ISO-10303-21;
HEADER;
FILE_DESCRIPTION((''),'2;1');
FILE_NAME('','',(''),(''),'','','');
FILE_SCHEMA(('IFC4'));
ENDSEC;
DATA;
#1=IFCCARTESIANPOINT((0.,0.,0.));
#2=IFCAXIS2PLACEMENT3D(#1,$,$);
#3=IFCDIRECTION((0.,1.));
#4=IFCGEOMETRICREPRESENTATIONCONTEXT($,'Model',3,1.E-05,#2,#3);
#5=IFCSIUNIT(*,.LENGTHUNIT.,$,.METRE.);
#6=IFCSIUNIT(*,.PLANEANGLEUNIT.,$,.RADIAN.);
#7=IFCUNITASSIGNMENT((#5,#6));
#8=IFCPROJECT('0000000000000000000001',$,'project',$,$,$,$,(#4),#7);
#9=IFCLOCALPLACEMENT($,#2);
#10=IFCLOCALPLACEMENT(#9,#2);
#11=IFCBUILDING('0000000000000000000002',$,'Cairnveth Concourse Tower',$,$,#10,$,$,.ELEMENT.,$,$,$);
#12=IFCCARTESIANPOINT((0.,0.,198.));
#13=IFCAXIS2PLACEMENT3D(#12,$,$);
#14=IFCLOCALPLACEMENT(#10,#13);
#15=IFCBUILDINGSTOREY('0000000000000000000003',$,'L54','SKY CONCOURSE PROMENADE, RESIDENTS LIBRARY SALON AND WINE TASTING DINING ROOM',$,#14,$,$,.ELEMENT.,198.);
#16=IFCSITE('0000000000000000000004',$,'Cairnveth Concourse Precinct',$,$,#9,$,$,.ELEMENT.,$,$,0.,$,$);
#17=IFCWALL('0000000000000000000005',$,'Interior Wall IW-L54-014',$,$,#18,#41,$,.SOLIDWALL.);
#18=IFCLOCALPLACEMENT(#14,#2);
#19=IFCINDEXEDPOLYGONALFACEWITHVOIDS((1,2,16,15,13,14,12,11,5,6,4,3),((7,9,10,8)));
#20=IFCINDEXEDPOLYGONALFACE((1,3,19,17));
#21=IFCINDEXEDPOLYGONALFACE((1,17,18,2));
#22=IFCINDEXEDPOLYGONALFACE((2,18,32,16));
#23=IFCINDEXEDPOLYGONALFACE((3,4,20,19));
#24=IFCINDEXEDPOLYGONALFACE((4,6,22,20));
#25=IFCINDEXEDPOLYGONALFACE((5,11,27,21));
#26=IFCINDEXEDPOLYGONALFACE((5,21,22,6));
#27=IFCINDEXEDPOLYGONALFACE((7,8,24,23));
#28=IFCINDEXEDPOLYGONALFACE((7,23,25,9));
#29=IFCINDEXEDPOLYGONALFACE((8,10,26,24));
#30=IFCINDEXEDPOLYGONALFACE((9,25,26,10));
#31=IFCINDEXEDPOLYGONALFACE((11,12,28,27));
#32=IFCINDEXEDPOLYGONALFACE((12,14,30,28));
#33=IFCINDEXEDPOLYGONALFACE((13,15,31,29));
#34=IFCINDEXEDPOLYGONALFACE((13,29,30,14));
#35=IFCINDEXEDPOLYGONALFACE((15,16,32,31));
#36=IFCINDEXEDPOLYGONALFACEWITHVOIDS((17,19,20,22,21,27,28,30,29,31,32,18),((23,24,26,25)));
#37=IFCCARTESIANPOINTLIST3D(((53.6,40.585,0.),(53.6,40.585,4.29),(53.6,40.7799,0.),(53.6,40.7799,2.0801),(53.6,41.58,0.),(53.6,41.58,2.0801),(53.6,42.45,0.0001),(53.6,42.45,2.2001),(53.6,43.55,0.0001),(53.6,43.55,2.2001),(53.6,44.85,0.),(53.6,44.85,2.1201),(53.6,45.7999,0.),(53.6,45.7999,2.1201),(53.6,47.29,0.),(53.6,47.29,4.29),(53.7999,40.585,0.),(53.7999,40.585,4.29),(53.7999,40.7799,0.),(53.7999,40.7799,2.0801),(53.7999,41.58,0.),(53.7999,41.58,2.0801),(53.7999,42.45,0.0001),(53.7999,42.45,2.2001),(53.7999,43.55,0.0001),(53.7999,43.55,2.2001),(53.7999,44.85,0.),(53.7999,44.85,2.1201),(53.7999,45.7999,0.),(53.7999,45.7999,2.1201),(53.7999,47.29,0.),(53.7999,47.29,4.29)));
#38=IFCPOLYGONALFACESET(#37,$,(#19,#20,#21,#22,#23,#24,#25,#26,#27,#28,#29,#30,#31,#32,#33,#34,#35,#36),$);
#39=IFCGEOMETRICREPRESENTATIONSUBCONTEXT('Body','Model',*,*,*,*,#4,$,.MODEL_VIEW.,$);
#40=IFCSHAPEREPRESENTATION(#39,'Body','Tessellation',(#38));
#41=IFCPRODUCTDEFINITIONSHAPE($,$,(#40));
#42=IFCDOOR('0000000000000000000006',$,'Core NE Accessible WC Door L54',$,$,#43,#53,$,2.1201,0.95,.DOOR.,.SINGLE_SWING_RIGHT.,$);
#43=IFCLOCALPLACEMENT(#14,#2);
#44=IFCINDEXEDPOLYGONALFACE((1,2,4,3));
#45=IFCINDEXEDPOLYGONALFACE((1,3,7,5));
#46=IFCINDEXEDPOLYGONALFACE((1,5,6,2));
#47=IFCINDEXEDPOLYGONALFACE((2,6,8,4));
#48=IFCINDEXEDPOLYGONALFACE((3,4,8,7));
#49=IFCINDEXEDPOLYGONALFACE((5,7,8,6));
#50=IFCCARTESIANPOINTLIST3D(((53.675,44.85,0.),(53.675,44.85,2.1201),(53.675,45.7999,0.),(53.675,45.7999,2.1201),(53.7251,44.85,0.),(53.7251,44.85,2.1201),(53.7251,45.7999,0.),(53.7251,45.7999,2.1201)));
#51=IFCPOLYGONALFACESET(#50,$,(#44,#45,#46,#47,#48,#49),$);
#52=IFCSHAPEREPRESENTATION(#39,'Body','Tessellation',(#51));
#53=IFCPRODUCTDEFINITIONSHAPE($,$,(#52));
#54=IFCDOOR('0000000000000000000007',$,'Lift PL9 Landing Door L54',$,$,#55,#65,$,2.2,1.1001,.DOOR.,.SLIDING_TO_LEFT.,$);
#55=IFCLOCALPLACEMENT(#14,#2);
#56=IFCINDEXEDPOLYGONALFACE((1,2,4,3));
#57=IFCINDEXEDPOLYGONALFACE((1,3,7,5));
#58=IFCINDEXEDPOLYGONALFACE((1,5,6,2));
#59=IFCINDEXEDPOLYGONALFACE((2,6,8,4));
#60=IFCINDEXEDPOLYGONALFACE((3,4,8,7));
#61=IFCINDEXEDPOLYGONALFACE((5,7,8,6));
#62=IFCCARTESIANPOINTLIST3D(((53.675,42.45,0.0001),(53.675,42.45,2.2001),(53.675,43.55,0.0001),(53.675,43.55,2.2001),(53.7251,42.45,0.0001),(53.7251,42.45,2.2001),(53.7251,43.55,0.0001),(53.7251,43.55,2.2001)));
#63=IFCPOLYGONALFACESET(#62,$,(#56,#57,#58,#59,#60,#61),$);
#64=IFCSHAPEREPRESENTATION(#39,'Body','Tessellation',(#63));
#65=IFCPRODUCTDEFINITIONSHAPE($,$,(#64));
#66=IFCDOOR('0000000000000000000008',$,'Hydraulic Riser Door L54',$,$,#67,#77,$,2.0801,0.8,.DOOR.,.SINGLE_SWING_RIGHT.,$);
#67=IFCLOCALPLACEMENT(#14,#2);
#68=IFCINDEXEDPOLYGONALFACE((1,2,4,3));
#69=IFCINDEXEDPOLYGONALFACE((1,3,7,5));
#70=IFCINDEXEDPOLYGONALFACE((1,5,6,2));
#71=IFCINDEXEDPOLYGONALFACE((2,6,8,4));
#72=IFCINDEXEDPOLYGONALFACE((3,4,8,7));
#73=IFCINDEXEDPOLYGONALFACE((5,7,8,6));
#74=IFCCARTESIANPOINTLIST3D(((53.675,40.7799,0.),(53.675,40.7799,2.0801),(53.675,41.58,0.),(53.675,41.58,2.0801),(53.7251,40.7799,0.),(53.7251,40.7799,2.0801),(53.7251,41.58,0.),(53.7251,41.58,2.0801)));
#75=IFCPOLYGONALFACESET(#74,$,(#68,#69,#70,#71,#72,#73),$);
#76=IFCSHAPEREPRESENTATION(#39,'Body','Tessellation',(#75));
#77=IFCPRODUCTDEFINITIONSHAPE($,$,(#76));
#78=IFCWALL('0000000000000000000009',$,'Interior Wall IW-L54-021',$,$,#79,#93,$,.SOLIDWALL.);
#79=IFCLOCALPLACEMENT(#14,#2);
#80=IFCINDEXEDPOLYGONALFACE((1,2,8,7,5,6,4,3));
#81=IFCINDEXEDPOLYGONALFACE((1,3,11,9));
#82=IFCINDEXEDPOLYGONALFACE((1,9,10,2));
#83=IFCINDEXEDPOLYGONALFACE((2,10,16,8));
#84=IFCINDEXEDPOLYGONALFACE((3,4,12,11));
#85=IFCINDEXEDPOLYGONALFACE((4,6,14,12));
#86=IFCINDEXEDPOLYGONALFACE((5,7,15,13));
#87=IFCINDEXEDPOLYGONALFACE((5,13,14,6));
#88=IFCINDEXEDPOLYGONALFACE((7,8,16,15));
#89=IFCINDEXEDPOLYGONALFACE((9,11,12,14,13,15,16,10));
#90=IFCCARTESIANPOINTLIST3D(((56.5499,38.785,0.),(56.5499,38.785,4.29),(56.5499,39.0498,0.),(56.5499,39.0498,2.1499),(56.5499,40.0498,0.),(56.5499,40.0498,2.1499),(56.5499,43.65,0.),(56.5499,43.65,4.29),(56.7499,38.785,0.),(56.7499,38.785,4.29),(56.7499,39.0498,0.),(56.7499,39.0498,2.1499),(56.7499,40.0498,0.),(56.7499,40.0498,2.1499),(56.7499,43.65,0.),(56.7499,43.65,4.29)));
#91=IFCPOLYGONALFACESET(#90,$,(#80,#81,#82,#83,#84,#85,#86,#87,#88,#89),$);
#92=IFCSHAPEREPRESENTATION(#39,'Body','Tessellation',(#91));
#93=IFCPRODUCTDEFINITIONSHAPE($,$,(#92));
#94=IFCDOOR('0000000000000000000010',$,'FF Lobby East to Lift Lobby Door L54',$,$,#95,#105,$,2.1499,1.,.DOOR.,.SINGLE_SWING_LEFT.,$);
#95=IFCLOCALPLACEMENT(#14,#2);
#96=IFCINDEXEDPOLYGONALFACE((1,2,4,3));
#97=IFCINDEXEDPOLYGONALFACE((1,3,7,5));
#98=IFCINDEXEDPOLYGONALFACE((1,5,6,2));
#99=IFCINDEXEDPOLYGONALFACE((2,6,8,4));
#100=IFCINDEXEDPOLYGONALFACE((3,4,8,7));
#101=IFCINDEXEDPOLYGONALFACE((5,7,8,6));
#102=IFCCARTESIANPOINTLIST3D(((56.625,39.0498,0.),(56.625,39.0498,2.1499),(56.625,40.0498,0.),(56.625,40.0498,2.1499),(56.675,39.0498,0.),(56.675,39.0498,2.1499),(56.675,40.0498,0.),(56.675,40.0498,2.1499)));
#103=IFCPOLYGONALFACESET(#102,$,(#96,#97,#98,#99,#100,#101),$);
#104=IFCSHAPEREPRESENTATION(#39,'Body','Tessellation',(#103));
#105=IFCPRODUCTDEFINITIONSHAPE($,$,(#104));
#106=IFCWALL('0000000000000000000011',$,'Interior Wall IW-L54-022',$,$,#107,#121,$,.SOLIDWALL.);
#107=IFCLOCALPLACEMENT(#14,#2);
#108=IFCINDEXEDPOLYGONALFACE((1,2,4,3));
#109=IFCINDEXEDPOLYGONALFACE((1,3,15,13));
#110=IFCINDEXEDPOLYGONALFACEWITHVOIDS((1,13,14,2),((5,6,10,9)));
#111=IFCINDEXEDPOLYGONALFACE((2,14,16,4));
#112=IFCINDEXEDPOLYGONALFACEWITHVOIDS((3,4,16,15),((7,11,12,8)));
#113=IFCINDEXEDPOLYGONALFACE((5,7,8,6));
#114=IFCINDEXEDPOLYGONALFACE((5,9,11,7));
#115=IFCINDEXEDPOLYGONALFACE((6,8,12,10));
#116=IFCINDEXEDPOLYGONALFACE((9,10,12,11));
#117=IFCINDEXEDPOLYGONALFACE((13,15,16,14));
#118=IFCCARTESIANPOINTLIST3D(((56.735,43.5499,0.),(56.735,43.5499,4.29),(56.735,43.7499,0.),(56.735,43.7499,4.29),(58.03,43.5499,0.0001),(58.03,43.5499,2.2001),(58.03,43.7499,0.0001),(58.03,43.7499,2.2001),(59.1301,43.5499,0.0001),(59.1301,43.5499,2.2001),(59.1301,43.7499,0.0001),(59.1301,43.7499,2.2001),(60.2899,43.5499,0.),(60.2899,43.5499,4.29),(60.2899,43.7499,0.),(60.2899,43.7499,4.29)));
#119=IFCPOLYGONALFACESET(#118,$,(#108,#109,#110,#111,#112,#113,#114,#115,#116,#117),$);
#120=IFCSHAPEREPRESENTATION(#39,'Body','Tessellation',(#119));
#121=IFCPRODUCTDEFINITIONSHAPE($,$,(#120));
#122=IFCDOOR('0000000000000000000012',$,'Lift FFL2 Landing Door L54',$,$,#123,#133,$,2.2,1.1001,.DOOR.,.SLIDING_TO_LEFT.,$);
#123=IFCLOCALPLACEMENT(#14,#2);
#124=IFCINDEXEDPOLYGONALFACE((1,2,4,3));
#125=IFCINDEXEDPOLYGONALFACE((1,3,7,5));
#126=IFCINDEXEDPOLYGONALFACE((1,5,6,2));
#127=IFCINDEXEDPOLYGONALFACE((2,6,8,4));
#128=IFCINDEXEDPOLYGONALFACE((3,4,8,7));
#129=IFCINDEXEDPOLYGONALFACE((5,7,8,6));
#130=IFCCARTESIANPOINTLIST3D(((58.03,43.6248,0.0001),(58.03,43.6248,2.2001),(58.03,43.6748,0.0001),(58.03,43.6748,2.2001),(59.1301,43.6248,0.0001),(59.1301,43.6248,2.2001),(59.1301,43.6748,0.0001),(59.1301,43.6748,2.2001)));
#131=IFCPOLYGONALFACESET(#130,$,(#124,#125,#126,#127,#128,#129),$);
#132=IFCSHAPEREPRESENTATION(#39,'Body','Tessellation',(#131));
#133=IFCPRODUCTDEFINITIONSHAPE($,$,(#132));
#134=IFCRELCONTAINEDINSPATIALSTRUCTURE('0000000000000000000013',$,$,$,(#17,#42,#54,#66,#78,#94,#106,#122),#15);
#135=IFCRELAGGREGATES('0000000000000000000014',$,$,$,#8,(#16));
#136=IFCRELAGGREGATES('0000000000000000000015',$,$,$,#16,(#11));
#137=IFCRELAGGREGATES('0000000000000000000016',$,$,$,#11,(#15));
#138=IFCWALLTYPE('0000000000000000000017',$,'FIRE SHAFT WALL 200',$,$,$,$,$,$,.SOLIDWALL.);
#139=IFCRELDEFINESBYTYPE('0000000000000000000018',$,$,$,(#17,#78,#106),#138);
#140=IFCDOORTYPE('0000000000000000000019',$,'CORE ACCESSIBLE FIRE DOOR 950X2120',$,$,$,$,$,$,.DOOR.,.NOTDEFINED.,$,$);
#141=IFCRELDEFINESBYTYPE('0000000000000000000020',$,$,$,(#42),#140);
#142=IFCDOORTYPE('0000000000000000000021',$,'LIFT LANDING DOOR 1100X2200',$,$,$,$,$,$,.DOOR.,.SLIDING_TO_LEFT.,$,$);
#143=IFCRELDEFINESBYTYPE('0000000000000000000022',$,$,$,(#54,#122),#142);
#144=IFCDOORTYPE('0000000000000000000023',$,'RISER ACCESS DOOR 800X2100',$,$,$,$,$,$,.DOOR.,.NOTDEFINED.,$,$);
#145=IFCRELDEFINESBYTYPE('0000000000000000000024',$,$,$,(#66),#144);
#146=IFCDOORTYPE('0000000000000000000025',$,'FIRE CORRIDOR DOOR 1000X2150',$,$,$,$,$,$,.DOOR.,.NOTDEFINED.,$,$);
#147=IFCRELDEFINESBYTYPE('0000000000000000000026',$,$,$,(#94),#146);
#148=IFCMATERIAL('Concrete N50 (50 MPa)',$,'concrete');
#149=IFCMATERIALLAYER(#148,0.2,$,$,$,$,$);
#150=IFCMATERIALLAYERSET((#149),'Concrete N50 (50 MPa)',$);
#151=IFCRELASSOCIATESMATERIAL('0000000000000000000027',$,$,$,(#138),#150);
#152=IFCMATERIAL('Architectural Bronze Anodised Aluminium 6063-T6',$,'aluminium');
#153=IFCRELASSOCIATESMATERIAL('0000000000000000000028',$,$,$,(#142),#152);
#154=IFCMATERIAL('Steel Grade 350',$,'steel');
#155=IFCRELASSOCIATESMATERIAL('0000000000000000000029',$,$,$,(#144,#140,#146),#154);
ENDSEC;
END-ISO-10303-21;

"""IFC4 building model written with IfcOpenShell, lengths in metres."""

from ifc_helpers import new_model, si_unit, direction, frame, frame_2d, origin, place, context, subcontext, project, spatial, rectangle, extrude, material, layer, layer_set, type_object, element, fill, save


model = new_model("IFC4")

# Units and contexts
model_context = context("Model", 3, precision=1e-05, world=origin(), true_north=direction((0.0, 1.0)))
body_context = subcontext(model_context, "Body", "Model", "MODEL_VIEW")
ifc_project = project(units=[si_unit("LENGTHUNIT", "METRE"), si_unit("PLANEANGLEUNIT", "RADIAN")], contexts=[model_context])

# Site, building, storey
site_placement = place(None, origin())
site = spatial("IfcSite", under=ifc_project, at=site_placement, Name="Cairnveth Concourse Precinct", CompositionType="ELEMENT", RefElevation=0.0)
building_placement = place(site_placement, origin())
building = spatial("IfcBuilding", under=site, at=building_placement, Name="Cairnveth Concourse Tower", CompositionType="ELEMENT")
storey_placement = place(building_placement, frame((0.0, 0.0, 198.0)))
storey = spatial("IfcBuildingStorey", under=building, at=storey_placement, Name="L54", Description="SKY CONCOURSE PROMENADE, RESIDENTS LIBRARY SALON AND WINE TASTING DINING ROOM", CompositionType="ELEMENT", Elevation=198.0)

# Shared definitions
ifc_material_1 = material(Name="Architectural Bronze Anodised Aluminium 6063-T6", Category="aluminium")

# Shared definitions
ifc_material_2 = material(Name="Steel Grade 350", Category="steel")

# Shared definitions
ifc_material_3 = material(Name="Concrete N50 (50 MPa)", Category="concrete")
ifc_layer_1 = layer(ifc_material_3, 0.2)
ifc_layer_set_1 = layer_set([ifc_layer_1], Name="Concrete N50 (50 MPa)")
wall_type_1 = type_object("IfcWallType", Name="FIRE SHAFT WALL 200", PredefinedType="SOLIDWALL", material=ifc_layer_set_1)

# Wall, openings, doors
door_type_1 = type_object("IfcDoorType", Name="LIFT LANDING DOOR 1100X2200", OperationType="SLIDING_TO_LEFT", PredefinedType="DOOR", material=ifc_material_1)
door_type_2 = type_object("IfcDoorType", Name="RISER ACCESS DOOR 800X2100", OperationType="NOTDEFINED", PredefinedType="DOOR", material=ifc_material_2)
wall_1_placement = place(storey_placement, frame((53.7, 40.585, 0.0), z_axis=(0.0, 0.0, 1.0), x_axis=(0.0, 1.0, 0.0)))
wall_1 = element("IfcWall", 1, at=wall_1_placement, inside=storey, type_object=wall_type_1, Name="Interior Wall IW-L54-014", PredefinedType="SOLIDWALL", context=body_context, shape_type="SweptSolid", body=[
    extrude(rectangle(XDim=6.7051, YDim=0.2, at=frame_2d((3.3525, 0.0))), origin(), (0.0, 0.0, 1.0), 4.29),
])
opening_1_placement = place(wall_1_placement, frame((0.1951, 0.0, 0.0)))
opening_1 = element("IfcOpeningElement", 2, at=opening_1_placement, cuts=wall_1, PredefinedType="OPENING", context=body_context, shape_type="SweptSolid", body=[
    extrude(rectangle(XDim=0.8, YDim=2.0801, at=frame_2d((0.3999, 1.04))), frame((0.0, 0.1099, 0.0), z_axis=(0.0, -1.0, 0.0), x_axis=(1.0, 0.0, 0.0)), (0.0, 0.0, 1.0), 0.22),
])
opening_2_placement = place(wall_1_placement, frame((1.865, 0.0, 0.0)))
opening_2 = element("IfcOpeningElement", 3, at=opening_2_placement, cuts=wall_1, PredefinedType="OPENING", context=body_context, shape_type="SweptSolid", body=[
    extrude(rectangle(XDim=1.1001, YDim=2.2, at=frame_2d((0.55, 1.1001))), frame((0.0, 0.1099, 0.0), z_axis=(0.0, -1.0, 0.0), x_axis=(1.0, 0.0, 0.0)), (0.0, 0.0, 1.0), 0.22),
])
opening_3_placement = place(wall_1_placement, frame((4.2649, 0.0, 0.0)))
opening_3 = element("IfcOpeningElement", 4, at=opening_3_placement, cuts=wall_1, PredefinedType="OPENING", context=body_context, shape_type="SweptSolid", body=[
    extrude(rectangle(XDim=0.95, YDim=2.1201, at=frame_2d((0.4751, 1.0601))), frame((0.0, 0.1099, 0.0), z_axis=(0.0, -1.0, 0.0), x_axis=(1.0, 0.0, 0.0)), (0.0, 0.0, 1.0), 0.22),
])
door_type_3 = type_object("IfcDoorType", Name="CORE ACCESSIBLE FIRE DOOR 950X2120", OperationType="NOTDEFINED", PredefinedType="DOOR", material=ifc_material_2)
door_1_placement = place(opening_3_placement, origin())
door_1 = element("IfcDoor", 5, at=door_1_placement, inside=storey, type_object=door_type_3, Name="Core NE Accessible WC Door L54", OperationType="SINGLE_SWING_RIGHT", OverallHeight=2.1201, OverallWidth=0.95, PredefinedType="DOOR", context=body_context, shape_type="SweptSolid", body=[
    extrude(rectangle(XDim=0.95, YDim=2.1201, at=frame_2d((0.4751, 1.0601))), frame((0.0, 0.0249, 0.0), z_axis=(0.0, -1.0, 0.0), x_axis=(1.0, 0.0, 0.0)), (0.0, 0.0, 1.0), 0.05),
])
fill(opening_3, door_1)
door_2_placement = place(opening_2_placement, origin())
door_2 = element("IfcDoor", 6, at=door_2_placement, inside=storey, type_object=door_type_1, Name="Lift PL9 Landing Door L54", OperationType="SLIDING_TO_LEFT", OverallHeight=2.2, OverallWidth=1.1001, PredefinedType="DOOR", context=body_context, shape_type="SweptSolid", body=[
    extrude(rectangle(XDim=1.1001, YDim=2.2, at=frame_2d((0.55, 1.1001))), frame((0.0, 0.0249, 0.0), z_axis=(0.0, -1.0, 0.0), x_axis=(1.0, 0.0, 0.0)), (0.0, 0.0, 1.0), 0.05),
])
fill(opening_2, door_2)
door_3_placement = place(opening_1_placement, origin())
door_3 = element("IfcDoor", 7, at=door_3_placement, inside=storey, type_object=door_type_2, Name="Hydraulic Riser Door L54", OperationType="SINGLE_SWING_RIGHT", OverallHeight=2.0801, OverallWidth=0.8, PredefinedType="DOOR", context=body_context, shape_type="SweptSolid", body=[
    extrude(rectangle(XDim=0.8, YDim=2.0801, at=frame_2d((0.3999, 1.04))), frame((0.0, 0.0249, 0.0), z_axis=(0.0, -1.0, 0.0), x_axis=(1.0, 0.0, 0.0)), (0.0, 0.0, 1.0), 0.05),
])
fill(opening_1, door_3)

# Walls, openings, doors
wall_2_placement = place(storey_placement, frame((56.6499, 38.7849, 0.0), z_axis=(0.0, 0.0, 1.0), x_axis=(0.0, 1.0, 0.0)))
wall_2 = element("IfcWall", 8, at=wall_2_placement, inside=storey, type_object=wall_type_1, Name="Interior Wall IW-L54-021", PredefinedType="SOLIDWALL", context=body_context, shape_type="SweptSolid", body=[
    extrude(rectangle(XDim=4.865, YDim=0.2, at=frame_2d((2.4326, 0.0))), origin(), (0.0, 0.0, 1.0), 4.29),
])
opening_4_placement = place(wall_2_placement, frame((0.2649, 0.0, 0.0)))
opening_4 = element("IfcOpeningElement", 9, at=opening_4_placement, cuts=wall_2, PredefinedType="OPENING", context=body_context, shape_type="SweptSolid", body=[
    extrude(rectangle(XDim=1.0, YDim=2.1499, at=frame_2d((0.5, 1.075))), frame((0.0, 0.1099, 0.0), z_axis=(0.0, -1.0, 0.0), x_axis=(1.0, 0.0, 0.0)), (0.0, 0.0, 1.0), 0.22),
])
door_type_4 = type_object("IfcDoorType", Name="FIRE CORRIDOR DOOR 1000X2150", OperationType="NOTDEFINED", PredefinedType="DOOR", material=ifc_material_2)
door_4_placement = place(opening_4_placement, origin())
door_4 = element("IfcDoor", 10, at=door_4_placement, inside=storey, type_object=door_type_4, Name="FF Lobby East to Lift Lobby Door L54", OperationType="SINGLE_SWING_LEFT", OverallHeight=2.1499, OverallWidth=1.0, PredefinedType="DOOR", context=body_context, shape_type="SweptSolid", body=[
    extrude(rectangle(XDim=1.0, YDim=2.1499, at=frame_2d((0.5, 1.075))), frame((0.0, 0.0249, 0.0), z_axis=(0.0, -1.0, 0.0), x_axis=(1.0, 0.0, 0.0)), (0.0, 0.0, 1.0), 0.05),
])
fill(opening_4, door_4)
wall_3_placement = place(storey_placement, frame((56.7351, 43.6499, 0.0), z_axis=(0.0, 0.0, 1.0), x_axis=(1.0, 0.0, 0.0)))
wall_3 = element("IfcWall", 11, at=wall_3_placement, inside=storey, type_object=wall_type_1, Name="Interior Wall IW-L54-022", PredefinedType="SOLIDWALL", context=body_context, shape_type="SweptSolid", body=[
    extrude(rectangle(XDim=3.5549, YDim=0.2, at=frame_2d((1.7773, 0.0))), origin(), (0.0, 0.0, 1.0), 4.29),
])
opening_5_placement = place(wall_3_placement, frame((1.2949, 0.0, 0.0)))
opening_5 = element("IfcOpeningElement", 12, at=opening_5_placement, cuts=wall_3, PredefinedType="OPENING", context=body_context, shape_type="SweptSolid", body=[
    extrude(rectangle(XDim=1.1001, YDim=2.2, at=frame_2d((0.55, 1.1001))), frame((0.0, 0.1099, 0.0), z_axis=(0.0, -1.0, 0.0), x_axis=(1.0, 0.0, 0.0)), (0.0, 0.0, 1.0), 0.22),
])
door_5_placement = place(opening_5_placement, origin())
door_5 = element("IfcDoor", 13, at=door_5_placement, inside=storey, type_object=door_type_1, Name="Lift FFL2 Landing Door L54", OperationType="SLIDING_TO_LEFT", OverallHeight=2.2, OverallWidth=1.1001, PredefinedType="DOOR", context=body_context, shape_type="SweptSolid", body=[
    extrude(rectangle(XDim=1.1001, YDim=2.2, at=frame_2d((0.55, 1.1001))), frame((0.0, 0.0249, 0.0), z_axis=(0.0, -1.0, 0.0), x_axis=(1.0, 0.0, 0.0)), (0.0, 0.0, 1.0), 0.05),
])
fill(opening_5, door_5)

save(model, "model.ifc")
